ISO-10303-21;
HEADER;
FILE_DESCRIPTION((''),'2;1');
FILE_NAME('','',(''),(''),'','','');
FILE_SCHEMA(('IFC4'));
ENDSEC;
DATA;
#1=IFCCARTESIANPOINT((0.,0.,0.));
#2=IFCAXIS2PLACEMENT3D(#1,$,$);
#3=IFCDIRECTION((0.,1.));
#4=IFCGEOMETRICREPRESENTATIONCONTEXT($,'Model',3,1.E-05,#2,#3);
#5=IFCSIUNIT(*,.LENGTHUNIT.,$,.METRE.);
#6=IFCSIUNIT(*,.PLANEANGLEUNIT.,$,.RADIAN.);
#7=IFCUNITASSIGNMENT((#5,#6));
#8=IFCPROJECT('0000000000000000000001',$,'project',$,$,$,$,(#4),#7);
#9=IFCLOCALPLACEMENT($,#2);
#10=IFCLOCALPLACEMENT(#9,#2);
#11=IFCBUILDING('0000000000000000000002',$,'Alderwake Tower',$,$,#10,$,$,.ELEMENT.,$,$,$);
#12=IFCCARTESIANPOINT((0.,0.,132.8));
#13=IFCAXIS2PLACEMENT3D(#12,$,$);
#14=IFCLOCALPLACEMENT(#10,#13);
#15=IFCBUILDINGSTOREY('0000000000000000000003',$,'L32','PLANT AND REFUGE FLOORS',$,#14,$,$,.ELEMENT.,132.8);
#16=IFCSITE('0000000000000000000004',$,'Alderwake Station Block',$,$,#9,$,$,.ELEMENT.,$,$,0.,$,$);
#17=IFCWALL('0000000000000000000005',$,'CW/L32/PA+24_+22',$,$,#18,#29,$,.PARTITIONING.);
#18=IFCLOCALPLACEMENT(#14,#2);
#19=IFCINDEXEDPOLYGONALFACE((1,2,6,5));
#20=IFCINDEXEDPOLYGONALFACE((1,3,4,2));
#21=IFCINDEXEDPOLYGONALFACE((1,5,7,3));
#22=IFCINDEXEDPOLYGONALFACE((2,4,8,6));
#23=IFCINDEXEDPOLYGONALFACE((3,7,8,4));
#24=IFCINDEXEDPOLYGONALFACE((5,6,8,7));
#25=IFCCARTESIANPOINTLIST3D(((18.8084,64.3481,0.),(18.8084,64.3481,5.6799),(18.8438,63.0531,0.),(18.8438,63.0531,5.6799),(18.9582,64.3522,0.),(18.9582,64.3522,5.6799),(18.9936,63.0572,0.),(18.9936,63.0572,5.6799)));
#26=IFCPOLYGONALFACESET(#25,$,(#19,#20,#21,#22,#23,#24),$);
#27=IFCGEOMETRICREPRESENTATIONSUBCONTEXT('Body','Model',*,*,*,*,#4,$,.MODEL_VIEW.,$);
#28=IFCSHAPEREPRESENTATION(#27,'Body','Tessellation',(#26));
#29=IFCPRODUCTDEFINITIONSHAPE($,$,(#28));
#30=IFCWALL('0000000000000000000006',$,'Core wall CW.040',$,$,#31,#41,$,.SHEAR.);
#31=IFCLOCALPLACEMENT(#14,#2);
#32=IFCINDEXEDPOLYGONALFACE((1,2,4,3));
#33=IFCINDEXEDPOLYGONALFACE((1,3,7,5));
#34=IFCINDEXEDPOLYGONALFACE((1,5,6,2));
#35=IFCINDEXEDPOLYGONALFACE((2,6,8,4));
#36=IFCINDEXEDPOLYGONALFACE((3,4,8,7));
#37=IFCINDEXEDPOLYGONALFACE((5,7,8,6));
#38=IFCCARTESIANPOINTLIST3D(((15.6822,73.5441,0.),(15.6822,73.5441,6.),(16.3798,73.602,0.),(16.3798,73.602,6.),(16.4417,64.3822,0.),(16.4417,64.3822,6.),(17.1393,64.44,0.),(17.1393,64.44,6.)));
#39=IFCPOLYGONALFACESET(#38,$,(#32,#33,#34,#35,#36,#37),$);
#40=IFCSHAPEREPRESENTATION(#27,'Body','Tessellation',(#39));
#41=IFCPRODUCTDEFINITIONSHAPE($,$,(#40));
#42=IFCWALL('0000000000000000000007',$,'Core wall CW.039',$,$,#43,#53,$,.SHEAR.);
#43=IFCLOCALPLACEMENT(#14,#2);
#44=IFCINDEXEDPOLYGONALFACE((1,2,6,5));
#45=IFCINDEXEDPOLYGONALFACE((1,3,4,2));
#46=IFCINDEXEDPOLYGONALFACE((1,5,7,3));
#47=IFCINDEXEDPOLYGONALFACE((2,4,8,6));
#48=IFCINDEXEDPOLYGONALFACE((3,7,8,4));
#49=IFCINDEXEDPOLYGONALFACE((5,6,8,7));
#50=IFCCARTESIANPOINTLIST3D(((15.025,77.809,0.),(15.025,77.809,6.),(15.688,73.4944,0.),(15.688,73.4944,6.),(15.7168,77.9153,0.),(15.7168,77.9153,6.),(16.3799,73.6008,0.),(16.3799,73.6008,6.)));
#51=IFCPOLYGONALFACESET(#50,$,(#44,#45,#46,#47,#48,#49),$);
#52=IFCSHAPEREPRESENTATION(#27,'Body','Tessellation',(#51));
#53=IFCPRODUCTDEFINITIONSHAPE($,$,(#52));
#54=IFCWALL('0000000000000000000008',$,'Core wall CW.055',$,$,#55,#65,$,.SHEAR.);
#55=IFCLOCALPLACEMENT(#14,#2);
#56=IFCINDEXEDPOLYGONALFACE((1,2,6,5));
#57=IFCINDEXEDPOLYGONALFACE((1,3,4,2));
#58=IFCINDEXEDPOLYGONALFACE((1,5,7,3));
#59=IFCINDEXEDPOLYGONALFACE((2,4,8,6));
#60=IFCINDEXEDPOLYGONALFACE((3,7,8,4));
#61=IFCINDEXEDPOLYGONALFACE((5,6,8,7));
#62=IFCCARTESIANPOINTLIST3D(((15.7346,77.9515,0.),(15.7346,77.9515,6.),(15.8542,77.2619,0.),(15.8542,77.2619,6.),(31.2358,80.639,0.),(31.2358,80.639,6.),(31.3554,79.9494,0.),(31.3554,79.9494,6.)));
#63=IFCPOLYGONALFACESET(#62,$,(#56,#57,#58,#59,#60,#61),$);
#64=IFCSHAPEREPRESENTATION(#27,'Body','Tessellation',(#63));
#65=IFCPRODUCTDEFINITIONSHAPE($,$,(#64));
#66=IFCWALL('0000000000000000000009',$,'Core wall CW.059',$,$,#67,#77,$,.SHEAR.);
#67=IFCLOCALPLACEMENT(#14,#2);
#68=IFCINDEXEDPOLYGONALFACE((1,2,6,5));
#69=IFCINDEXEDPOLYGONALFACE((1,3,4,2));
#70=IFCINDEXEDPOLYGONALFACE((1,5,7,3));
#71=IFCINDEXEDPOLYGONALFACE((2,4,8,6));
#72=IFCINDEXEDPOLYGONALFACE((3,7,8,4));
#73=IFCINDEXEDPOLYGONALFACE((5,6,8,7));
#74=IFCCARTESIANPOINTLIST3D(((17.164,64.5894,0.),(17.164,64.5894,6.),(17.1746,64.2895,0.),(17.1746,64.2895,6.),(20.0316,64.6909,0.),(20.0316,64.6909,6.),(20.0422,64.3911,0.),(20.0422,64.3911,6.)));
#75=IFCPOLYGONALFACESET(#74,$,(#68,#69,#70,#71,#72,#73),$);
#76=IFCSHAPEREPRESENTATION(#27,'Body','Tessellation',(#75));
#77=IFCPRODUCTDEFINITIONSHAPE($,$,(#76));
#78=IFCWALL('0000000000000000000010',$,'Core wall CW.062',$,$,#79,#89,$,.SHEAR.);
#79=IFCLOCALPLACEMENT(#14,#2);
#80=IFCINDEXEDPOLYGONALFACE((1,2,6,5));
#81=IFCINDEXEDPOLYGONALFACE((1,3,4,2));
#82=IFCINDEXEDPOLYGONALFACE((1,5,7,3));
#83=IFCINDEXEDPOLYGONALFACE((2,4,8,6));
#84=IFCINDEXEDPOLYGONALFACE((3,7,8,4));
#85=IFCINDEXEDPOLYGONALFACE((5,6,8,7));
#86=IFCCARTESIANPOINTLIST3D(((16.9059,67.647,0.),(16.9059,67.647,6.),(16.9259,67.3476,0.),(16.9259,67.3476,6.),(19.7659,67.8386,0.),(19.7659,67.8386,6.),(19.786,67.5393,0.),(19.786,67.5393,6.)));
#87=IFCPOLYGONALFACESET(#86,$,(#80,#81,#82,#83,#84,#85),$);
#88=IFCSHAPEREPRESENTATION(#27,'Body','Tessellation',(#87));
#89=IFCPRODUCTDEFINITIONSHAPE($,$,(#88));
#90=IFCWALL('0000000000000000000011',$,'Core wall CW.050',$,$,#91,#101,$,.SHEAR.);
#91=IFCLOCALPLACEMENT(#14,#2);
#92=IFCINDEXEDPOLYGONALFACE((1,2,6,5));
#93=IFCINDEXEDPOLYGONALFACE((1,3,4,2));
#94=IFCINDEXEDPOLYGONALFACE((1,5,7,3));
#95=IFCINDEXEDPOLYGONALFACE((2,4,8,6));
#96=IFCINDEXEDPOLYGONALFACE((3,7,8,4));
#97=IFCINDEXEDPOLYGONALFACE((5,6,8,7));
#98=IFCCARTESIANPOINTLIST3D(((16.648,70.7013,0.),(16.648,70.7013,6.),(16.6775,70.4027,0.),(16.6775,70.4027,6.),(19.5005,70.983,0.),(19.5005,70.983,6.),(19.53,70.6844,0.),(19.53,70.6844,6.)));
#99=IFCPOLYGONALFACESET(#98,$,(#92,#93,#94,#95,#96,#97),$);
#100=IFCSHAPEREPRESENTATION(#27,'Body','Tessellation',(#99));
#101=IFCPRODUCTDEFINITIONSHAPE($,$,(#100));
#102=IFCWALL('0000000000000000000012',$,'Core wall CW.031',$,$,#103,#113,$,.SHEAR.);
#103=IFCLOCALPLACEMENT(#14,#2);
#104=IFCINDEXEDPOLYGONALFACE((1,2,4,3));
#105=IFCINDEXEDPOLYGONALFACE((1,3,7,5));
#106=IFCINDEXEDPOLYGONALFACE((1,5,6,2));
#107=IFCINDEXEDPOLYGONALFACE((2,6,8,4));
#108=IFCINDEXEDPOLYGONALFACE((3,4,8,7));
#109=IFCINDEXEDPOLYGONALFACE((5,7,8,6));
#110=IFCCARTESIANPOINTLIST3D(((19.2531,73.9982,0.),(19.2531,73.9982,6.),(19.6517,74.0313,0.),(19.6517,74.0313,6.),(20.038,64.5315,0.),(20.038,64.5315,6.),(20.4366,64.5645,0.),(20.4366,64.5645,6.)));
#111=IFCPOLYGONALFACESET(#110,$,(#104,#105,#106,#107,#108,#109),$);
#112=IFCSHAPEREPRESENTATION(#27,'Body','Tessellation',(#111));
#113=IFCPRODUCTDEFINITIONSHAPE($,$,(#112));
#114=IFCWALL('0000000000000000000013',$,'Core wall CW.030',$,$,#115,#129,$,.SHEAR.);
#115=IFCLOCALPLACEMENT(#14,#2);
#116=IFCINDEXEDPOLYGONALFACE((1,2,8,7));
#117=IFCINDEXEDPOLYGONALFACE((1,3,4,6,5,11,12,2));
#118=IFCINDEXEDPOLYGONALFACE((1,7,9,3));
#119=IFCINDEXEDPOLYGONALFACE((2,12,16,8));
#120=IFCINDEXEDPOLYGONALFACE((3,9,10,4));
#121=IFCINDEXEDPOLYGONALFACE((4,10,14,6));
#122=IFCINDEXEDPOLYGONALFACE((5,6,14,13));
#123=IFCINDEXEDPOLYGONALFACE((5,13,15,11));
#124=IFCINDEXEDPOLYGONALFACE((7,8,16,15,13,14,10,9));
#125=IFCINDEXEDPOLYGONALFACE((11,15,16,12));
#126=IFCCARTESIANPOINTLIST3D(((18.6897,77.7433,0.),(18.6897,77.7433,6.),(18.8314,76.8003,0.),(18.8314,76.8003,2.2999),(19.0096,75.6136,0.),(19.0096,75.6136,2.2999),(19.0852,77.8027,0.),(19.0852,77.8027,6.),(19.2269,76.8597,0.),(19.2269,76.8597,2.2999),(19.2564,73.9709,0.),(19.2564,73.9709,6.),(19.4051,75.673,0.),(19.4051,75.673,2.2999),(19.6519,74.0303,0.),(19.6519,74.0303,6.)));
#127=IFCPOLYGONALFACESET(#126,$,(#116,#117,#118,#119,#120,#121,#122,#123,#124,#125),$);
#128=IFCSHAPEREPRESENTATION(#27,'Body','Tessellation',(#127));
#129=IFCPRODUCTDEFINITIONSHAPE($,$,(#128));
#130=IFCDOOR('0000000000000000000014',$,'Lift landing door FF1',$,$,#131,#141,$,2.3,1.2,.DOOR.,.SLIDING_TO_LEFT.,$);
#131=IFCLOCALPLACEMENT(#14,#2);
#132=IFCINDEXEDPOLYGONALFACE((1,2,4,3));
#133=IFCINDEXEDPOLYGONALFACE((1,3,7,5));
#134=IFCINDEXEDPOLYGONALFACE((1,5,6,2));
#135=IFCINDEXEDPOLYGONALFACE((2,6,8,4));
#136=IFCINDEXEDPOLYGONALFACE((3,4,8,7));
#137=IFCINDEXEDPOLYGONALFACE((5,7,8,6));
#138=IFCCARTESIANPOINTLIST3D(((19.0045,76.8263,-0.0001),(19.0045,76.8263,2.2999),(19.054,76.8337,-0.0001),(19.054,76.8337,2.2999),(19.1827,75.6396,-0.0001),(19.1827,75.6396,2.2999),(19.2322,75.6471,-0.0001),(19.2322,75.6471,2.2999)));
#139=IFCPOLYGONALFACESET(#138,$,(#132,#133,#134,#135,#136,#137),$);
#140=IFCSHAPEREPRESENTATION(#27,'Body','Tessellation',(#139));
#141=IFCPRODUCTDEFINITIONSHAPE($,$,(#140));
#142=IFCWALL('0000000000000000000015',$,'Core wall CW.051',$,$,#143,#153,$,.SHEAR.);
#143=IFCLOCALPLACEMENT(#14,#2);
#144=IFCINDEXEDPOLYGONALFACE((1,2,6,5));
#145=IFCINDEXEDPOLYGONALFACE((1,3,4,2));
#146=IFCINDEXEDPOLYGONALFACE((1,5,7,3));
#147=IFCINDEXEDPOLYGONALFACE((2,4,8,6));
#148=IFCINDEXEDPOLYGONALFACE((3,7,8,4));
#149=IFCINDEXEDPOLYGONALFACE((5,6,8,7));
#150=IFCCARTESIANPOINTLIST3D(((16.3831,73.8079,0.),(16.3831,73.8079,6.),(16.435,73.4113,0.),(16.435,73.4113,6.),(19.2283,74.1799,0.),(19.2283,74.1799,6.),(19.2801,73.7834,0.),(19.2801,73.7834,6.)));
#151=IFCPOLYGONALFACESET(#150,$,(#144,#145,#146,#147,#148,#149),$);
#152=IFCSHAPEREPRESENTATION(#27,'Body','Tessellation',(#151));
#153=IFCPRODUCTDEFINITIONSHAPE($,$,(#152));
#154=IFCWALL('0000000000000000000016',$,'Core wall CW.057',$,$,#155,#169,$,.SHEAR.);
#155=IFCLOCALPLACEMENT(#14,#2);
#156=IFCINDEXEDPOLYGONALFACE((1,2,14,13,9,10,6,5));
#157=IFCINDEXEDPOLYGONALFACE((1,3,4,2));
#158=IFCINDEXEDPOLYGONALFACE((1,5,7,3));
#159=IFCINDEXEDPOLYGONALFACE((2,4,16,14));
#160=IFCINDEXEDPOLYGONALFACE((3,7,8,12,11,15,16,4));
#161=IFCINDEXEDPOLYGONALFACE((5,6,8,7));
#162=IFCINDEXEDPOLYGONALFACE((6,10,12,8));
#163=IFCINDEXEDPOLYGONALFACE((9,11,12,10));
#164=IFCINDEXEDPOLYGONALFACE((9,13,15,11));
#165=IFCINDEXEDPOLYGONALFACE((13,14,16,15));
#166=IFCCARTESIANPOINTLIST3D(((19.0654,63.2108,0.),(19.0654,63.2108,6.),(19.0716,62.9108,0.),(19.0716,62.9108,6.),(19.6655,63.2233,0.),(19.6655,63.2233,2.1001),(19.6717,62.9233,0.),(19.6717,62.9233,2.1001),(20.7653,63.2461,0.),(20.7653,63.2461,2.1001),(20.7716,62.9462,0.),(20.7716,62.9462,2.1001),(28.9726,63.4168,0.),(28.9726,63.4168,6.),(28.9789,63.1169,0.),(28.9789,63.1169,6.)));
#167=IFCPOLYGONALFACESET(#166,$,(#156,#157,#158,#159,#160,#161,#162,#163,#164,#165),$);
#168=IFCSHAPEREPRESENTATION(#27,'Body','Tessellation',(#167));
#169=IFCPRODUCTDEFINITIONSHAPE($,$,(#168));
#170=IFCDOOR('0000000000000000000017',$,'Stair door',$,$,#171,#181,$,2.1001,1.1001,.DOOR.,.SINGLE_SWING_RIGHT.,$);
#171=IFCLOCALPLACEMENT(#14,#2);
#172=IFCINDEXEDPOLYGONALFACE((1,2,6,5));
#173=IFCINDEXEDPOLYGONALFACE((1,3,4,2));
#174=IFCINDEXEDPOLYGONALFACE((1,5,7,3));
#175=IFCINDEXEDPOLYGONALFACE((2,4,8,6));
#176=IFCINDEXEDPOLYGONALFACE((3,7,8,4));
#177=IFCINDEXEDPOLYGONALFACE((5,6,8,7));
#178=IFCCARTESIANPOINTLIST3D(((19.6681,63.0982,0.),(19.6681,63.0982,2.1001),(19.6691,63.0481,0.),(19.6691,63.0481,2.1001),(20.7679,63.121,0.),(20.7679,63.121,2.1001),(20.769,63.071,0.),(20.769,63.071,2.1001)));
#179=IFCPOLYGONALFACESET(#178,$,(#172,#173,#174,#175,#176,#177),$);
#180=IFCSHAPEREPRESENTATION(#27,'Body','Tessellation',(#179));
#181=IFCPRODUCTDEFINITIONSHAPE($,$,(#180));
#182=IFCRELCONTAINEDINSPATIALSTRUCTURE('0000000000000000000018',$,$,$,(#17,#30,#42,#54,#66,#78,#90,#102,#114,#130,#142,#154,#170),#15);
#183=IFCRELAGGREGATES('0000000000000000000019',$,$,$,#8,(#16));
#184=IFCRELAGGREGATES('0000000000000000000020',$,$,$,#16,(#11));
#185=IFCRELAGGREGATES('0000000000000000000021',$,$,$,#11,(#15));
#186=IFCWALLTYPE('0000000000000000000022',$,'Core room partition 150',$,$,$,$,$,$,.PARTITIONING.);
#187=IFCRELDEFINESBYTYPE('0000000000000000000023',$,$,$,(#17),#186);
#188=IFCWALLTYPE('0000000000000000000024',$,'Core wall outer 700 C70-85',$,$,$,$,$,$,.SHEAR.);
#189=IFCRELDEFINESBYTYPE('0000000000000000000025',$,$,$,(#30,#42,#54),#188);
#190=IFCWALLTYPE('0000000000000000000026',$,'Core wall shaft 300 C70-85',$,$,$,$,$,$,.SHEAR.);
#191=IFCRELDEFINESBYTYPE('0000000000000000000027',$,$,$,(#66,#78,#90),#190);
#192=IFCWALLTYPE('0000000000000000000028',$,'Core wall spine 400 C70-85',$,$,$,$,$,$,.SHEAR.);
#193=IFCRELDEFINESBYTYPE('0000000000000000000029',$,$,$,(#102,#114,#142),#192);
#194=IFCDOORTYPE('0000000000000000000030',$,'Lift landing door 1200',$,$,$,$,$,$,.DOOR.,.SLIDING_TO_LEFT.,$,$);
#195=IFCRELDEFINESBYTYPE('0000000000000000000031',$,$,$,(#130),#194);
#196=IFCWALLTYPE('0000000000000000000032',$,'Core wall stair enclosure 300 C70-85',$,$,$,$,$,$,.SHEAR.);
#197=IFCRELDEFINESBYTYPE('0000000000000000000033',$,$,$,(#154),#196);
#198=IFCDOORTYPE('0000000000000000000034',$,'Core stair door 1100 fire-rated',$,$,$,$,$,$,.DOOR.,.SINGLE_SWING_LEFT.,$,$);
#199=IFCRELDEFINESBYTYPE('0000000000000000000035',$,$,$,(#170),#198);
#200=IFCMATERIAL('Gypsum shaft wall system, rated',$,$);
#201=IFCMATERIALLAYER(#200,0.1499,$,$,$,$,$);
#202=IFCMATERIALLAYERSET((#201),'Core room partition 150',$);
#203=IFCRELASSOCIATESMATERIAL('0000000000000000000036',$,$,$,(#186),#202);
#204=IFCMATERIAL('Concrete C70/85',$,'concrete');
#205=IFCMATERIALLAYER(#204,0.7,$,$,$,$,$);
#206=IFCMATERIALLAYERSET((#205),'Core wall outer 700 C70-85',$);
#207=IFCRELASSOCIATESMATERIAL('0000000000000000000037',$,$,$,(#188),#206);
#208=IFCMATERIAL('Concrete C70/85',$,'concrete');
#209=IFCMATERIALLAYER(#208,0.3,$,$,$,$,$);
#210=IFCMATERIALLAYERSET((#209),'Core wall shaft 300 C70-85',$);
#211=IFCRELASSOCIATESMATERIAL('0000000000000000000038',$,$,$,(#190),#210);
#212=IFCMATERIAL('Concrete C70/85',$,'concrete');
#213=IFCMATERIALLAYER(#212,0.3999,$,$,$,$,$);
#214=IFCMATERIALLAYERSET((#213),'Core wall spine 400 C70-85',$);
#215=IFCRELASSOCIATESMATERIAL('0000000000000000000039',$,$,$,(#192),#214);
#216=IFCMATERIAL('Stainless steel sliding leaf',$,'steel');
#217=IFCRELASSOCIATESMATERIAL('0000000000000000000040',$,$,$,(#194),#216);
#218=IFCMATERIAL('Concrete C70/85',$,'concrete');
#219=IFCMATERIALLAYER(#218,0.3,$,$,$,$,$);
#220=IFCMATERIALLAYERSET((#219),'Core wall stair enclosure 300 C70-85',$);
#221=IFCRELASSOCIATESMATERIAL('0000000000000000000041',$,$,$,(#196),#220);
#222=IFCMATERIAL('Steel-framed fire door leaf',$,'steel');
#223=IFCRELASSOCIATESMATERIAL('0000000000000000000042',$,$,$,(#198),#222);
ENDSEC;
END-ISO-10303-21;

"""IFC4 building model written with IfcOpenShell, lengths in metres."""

from ifc_helpers import new_model, si_unit, direction, frame, frame_2d, origin, place, context, subcontext, project, spatial, rectangle, extrude, material, layer, layer_set, type_object, element, fill, save


model = new_model("IFC4")

# Units and contexts
model_context = context("Model", 3, precision=1e-05, world=origin(), true_north=direction((0.0, 1.0)))
body_context = subcontext(model_context, "Body", "Model", "MODEL_VIEW")
ifc_project = project(units=[si_unit("LENGTHUNIT", "METRE"), si_unit("PLANEANGLEUNIT", "RADIAN")], contexts=[model_context])

# Site, building, storey
site_placement = place(None, origin())
site = spatial("IfcSite", under=ifc_project, at=site_placement, Name="Alderwake Station Block", CompositionType="ELEMENT", RefElevation=0.0)
building_placement = place(site_placement, origin())
building = spatial("IfcBuilding", under=site, at=building_placement, Name="Alderwake Tower", CompositionType="ELEMENT")
storey_placement = place(building_placement, frame((0.0, 0.0, 132.8)))
storey = spatial("IfcBuildingStorey", under=building, at=storey_placement, Name="L32", Description="PLANT AND REFUGE FLOORS", CompositionType="ELEMENT", Elevation=132.8)

# Walls
ifc_material_1 = material(Name="Gypsum shaft wall system, rated")
ifc_layer_1 = layer(ifc_material_1, 0.1499)
ifc_layer_set_1 = layer_set([ifc_layer_1], Name="Core room partition 150")
wall_type_1 = type_object("IfcWallType", Name="Core room partition 150", PredefinedType="PARTITIONING", material=ifc_layer_set_1)
wall_1_placement = place(storey_placement, frame((18.9187, 63.0552, 0.0), z_axis=(0.0, 0.0, 1.0), x_axis=(-0.027328, 0.999627, 0.0)))
element("IfcWall", 1, at=wall_1_placement, inside=storey, type_object=wall_type_1, Name="CW/L32/PA+24_+22", PredefinedType="PARTITIONING", context=body_context, shape_type="SweptSolid", body=[
    extrude(rectangle(XDim=1.2954, YDim=0.1499, at=frame_2d((0.6477, 0.0))), origin(), (0.0, 0.0, 1.0), 5.6799),
])
ifc_material_2 = material(Name="Concrete C70/85", Category="concrete")
ifc_layer_2 = layer(ifc_material_2, 0.7)
ifc_layer_set_2 = layer_set([ifc_layer_2], Name="Core wall outer 700 C70-85")
wall_type_2 = type_object("IfcWallType", Name="Core wall outer 700 C70-85", PredefinedType="SHEAR", material=ifc_layer_set_2)
wall_2_placement = place(storey_placement, frame((16.7905, 64.4111, 0.0), z_axis=(0.0, 0.0, 1.0), x_axis=(-0.082617, 0.996581, 0.0)))
element("IfcWall", 2, at=wall_2_placement, inside=storey, type_object=wall_type_2, Name="Core wall CW.040", PredefinedType="SHEAR", context=body_context, shape_type="SweptSolid", body=[
    extrude(rectangle(XDim=9.1934, YDim=0.7, at=frame_2d((4.5967, 0.0))), origin(), (0.0, 0.0, 1.0), 6.0),
])
wall_3_placement = place(storey_placement, frame((16.0339, 73.5476, 0.0), z_axis=(0.0, 0.0, 1.0), x_axis=(-0.151897, 0.988396, 0.0)))
element("IfcWall", 3, at=wall_3_placement, inside=storey, type_object=wall_type_2, Name="Core wall CW.039", PredefinedType="SHEAR", context=body_context, shape_type="SweptSolid", body=[
    extrude(rectangle(XDim=4.3652, YDim=0.7, at=frame_2d((2.1826, 0.0))), origin(), (0.0, 0.0, 1.0), 6.0),
])
wall_4_placement = place(storey_placement, frame((15.7944, 77.6067, 0.0), z_axis=(0.0, 0.0, 1.0), x_axis=(0.985301, 0.170825, 0.0)))
element("IfcWall", 4, at=wall_4_placement, inside=storey, type_object=wall_type_2, Name="Core wall CW.055", PredefinedType="SHEAR", context=body_context, shape_type="SweptSolid", body=[
    extrude(rectangle(XDim=15.7324, YDim=0.7, at=frame_2d((7.8662, 0.0))), origin(), (0.0, 0.0, 1.0), 6.0),
])
ifc_material_3 = material(Name="Concrete C70/85", Category="concrete")
ifc_layer_3 = layer(ifc_material_3, 0.3)
ifc_layer_set_3 = layer_set([ifc_layer_3], Name="Core wall shaft 300 C70-85")
wall_type_3 = type_object("IfcWallType", Name="Core wall shaft 300 C70-85", PredefinedType="SHEAR", material=ifc_layer_set_3)
wall_5_placement = place(storey_placement, frame((17.1694, 64.4395, 0.0), z_axis=(0.0, 0.0, 1.0), x_axis=(0.999373, 0.035394, 0.0)))
element("IfcWall", 5, at=wall_5_placement, inside=storey, type_object=wall_type_3, Name="Core wall CW.059", PredefinedType="SHEAR", context=body_context, shape_type="SweptSolid", body=[
    extrude(rectangle(XDim=2.8694, YDim=0.3, at=frame_2d((1.4346, 0.0))), origin(), (0.0, 0.0, 1.0), 6.0),
])
for number, where, z_axis, x_axis, name in (
    (6, (16.916, 67.4973, 0.0), (0.0, 0.0, 1.0), (0.997762, 0.066858, 0.0), "Core wall CW.062"),
    (7, (16.6628, 70.552, 0.0), (0.0, 0.0, 1.0), (0.995158, 0.098289, 0.0), "Core wall CW.050"),
):
    element("IfcWall", number, at=place(storey_placement, frame(where, z_axis=z_axis, x_axis=x_axis)), inside=storey, type_object=wall_type_3, Name=name, PredefinedType="SHEAR", context=body_context, shape_type="SweptSolid", body=[
        extrude(rectangle(XDim=2.8665, YDim=0.3, at=frame_2d((1.4331, 0.0))), origin(), (0.0, 0.0, 1.0), 6.0),
    ])
ifc_material_4 = material(Name="Concrete C70/85", Category="concrete")
ifc_layer_4 = layer(ifc_material_4, 0.3999)
ifc_layer_set_4 = layer_set([ifc_layer_4], Name="Core wall spine 400 C70-85")
wall_type_4 = type_object("IfcWallType", Name="Core wall spine 400 C70-85", PredefinedType="SHEAR", material=ifc_layer_set_4)
wall_6_placement = place(storey_placement, frame((20.2373, 64.5481, 0.0), z_axis=(0.0, 0.0, 1.0), x_axis=(-0.082629, 0.99658, 0.0)))
element("IfcWall", 8, at=wall_6_placement, inside=storey, type_object=wall_type_4, Name="Core wall CW.031", PredefinedType="SHEAR", context=body_context, shape_type="SweptSolid", body=[
    extrude(rectangle(XDim=9.4993, YDim=0.3999, at=frame_2d((4.7495, 0.0))), origin(), (0.0, 0.0, 1.0), 6.0),
])

# Wall, opening, door
wall_7_placement = place(storey_placement, frame((19.4541, 74.0007, 0.0), z_axis=(0.0, 0.0, 1.0), x_axis=(-0.148541, 0.988906, 0.0)))
wall_7 = element("IfcWall", 9, at=wall_7_placement, inside=storey, type_object=wall_type_4, Name="Core wall CW.030", PredefinedType="SHEAR", context=body_context, shape_type="SweptSolid", body=[
    extrude(rectangle(XDim=3.8147, YDim=0.3999, at=frame_2d((1.9072, 0.0))), origin(), (0.0, 0.0, 1.0), 6.0),
])
opening_1_placement = place(wall_7_placement, frame((1.6609, 0.0, 0.0)))
opening_1 = element("IfcOpeningElement", 10, at=opening_1_placement, cuts=wall_7, PredefinedType="OPENING", context=body_context, shape_type="SweptSolid", body=[
    extrude(rectangle(XDim=1.2, YDim=2.3, at=frame_2d((0.6001, 1.1499))), frame((0.0, 0.21, 0.0), z_axis=(0.0, -1.0, 0.0), x_axis=(1.0, 0.0, 0.0)), (0.0, 0.0, 1.0), 0.4199),
])
ifc_material_5 = material(Name="Stainless steel sliding leaf", Category="steel")
door_type_1 = type_object("IfcDoorType", Name="Lift landing door 1200", OperationType="SLIDING_TO_LEFT", PredefinedType="DOOR", material=ifc_material_5)
door_1_placement = place(opening_1_placement, origin())
door_1 = element("IfcDoor", 11, at=door_1_placement, inside=storey, type_object=door_type_1, Name="Lift landing door FF1", OperationType="SLIDING_TO_LEFT", OverallHeight=2.3, OverallWidth=1.2, PredefinedType="DOOR", context=body_context, shape_type="SweptSolid", body=[
    extrude(rectangle(XDim=1.2, YDim=2.3, at=frame_2d((0.6001, 1.1499))), frame((0.0, 0.0249, 0.0), z_axis=(0.0, -1.0, 0.0), x_axis=(1.0, 0.0, 0.0)), (0.0, 0.0, 1.0), 0.05),
])
fill(opening_1, door_1)

# Wall
wall_8_placement = place(storey_placement, frame((16.4092, 73.6096, 0.0), z_axis=(0.0, 0.0, 1.0), x_axis=(0.991558, 0.129667, 0.0)))
element("IfcWall", 12, at=wall_8_placement, inside=storey, type_object=wall_type_4, Name="Core wall CW.051", PredefinedType="SHEAR", context=body_context, shape_type="SweptSolid", body=[
    extrude(rectangle(XDim=2.8694, YDim=0.3999, at=frame_2d((1.4346, 0.0))), origin(), (0.0, 0.0, 1.0), 6.0),
])

# Wall, opening, door
ifc_material_6 = material(Name="Concrete C70/85", Category="concrete")
ifc_layer_5 = layer(ifc_material_6, 0.3)
ifc_layer_set_5 = layer_set([ifc_layer_5], Name="Core wall stair enclosure 300 C70-85")
wall_type_5 = type_object("IfcWallType", Name="Core wall stair enclosure 300 C70-85", PredefinedType="SHEAR", material=ifc_layer_set_5)
wall_9_placement = place(storey_placement, frame((19.0686, 63.0608, 0.0), z_axis=(0.0, 0.0, 1.0), x_axis=(0.999784, 0.020794, 0.0)))
wall_9 = element("IfcWall", 13, at=wall_9_placement, inside=storey, type_object=wall_type_5, Name="Core wall CW.057", PredefinedType="SHEAR", context=body_context, shape_type="SweptSolid", body=[
    extrude(rectangle(XDim=9.9094, YDim=0.3, at=frame_2d((4.9546, 0.0))), origin(), (0.0, 0.0, 1.0), 6.0),
])
opening_2_placement = place(wall_9_placement, frame((0.6001, 0.0, 0.0)))
opening_2 = element("IfcOpeningElement", 14, at=opening_2_placement, cuts=wall_9, PredefinedType="OPENING", context=body_context, shape_type="SweptSolid", body=[
    extrude(rectangle(XDim=1.1001, YDim=2.1001, at=frame_2d((0.55, 1.05))), frame((0.0, 0.1599, 0.0), z_axis=(0.0, -1.0, 0.0), x_axis=(1.0, 0.0, 0.0)), (0.0, 0.0, 1.0), 0.3201),
])
ifc_material_7 = material(Name="Steel-framed fire door leaf", Category="steel")
door_type_2 = type_object("IfcDoorType", Name="Core stair door 1100 fire-rated", OperationType="SINGLE_SWING_LEFT", PredefinedType="DOOR", material=ifc_material_7)
door_2_placement = place(opening_2_placement, origin())
door_2 = element("IfcDoor", 15, at=door_2_placement, inside=storey, type_object=door_type_2, Name="Stair door", OperationType="SINGLE_SWING_RIGHT", OverallHeight=2.1001, OverallWidth=1.1001, PredefinedType="DOOR", context=body_context, shape_type="SweptSolid", body=[
    extrude(rectangle(XDim=1.1001, YDim=2.1001, at=frame_2d((0.55, 1.05))), frame((0.0, 0.0249, 0.0), z_axis=(0.0, -1.0, 0.0), x_axis=(1.0, 0.0, 0.0)), (0.0, 0.0, 1.0), 0.05),
])
fill(opening_2, door_2)

save(model, "model.ifc")
